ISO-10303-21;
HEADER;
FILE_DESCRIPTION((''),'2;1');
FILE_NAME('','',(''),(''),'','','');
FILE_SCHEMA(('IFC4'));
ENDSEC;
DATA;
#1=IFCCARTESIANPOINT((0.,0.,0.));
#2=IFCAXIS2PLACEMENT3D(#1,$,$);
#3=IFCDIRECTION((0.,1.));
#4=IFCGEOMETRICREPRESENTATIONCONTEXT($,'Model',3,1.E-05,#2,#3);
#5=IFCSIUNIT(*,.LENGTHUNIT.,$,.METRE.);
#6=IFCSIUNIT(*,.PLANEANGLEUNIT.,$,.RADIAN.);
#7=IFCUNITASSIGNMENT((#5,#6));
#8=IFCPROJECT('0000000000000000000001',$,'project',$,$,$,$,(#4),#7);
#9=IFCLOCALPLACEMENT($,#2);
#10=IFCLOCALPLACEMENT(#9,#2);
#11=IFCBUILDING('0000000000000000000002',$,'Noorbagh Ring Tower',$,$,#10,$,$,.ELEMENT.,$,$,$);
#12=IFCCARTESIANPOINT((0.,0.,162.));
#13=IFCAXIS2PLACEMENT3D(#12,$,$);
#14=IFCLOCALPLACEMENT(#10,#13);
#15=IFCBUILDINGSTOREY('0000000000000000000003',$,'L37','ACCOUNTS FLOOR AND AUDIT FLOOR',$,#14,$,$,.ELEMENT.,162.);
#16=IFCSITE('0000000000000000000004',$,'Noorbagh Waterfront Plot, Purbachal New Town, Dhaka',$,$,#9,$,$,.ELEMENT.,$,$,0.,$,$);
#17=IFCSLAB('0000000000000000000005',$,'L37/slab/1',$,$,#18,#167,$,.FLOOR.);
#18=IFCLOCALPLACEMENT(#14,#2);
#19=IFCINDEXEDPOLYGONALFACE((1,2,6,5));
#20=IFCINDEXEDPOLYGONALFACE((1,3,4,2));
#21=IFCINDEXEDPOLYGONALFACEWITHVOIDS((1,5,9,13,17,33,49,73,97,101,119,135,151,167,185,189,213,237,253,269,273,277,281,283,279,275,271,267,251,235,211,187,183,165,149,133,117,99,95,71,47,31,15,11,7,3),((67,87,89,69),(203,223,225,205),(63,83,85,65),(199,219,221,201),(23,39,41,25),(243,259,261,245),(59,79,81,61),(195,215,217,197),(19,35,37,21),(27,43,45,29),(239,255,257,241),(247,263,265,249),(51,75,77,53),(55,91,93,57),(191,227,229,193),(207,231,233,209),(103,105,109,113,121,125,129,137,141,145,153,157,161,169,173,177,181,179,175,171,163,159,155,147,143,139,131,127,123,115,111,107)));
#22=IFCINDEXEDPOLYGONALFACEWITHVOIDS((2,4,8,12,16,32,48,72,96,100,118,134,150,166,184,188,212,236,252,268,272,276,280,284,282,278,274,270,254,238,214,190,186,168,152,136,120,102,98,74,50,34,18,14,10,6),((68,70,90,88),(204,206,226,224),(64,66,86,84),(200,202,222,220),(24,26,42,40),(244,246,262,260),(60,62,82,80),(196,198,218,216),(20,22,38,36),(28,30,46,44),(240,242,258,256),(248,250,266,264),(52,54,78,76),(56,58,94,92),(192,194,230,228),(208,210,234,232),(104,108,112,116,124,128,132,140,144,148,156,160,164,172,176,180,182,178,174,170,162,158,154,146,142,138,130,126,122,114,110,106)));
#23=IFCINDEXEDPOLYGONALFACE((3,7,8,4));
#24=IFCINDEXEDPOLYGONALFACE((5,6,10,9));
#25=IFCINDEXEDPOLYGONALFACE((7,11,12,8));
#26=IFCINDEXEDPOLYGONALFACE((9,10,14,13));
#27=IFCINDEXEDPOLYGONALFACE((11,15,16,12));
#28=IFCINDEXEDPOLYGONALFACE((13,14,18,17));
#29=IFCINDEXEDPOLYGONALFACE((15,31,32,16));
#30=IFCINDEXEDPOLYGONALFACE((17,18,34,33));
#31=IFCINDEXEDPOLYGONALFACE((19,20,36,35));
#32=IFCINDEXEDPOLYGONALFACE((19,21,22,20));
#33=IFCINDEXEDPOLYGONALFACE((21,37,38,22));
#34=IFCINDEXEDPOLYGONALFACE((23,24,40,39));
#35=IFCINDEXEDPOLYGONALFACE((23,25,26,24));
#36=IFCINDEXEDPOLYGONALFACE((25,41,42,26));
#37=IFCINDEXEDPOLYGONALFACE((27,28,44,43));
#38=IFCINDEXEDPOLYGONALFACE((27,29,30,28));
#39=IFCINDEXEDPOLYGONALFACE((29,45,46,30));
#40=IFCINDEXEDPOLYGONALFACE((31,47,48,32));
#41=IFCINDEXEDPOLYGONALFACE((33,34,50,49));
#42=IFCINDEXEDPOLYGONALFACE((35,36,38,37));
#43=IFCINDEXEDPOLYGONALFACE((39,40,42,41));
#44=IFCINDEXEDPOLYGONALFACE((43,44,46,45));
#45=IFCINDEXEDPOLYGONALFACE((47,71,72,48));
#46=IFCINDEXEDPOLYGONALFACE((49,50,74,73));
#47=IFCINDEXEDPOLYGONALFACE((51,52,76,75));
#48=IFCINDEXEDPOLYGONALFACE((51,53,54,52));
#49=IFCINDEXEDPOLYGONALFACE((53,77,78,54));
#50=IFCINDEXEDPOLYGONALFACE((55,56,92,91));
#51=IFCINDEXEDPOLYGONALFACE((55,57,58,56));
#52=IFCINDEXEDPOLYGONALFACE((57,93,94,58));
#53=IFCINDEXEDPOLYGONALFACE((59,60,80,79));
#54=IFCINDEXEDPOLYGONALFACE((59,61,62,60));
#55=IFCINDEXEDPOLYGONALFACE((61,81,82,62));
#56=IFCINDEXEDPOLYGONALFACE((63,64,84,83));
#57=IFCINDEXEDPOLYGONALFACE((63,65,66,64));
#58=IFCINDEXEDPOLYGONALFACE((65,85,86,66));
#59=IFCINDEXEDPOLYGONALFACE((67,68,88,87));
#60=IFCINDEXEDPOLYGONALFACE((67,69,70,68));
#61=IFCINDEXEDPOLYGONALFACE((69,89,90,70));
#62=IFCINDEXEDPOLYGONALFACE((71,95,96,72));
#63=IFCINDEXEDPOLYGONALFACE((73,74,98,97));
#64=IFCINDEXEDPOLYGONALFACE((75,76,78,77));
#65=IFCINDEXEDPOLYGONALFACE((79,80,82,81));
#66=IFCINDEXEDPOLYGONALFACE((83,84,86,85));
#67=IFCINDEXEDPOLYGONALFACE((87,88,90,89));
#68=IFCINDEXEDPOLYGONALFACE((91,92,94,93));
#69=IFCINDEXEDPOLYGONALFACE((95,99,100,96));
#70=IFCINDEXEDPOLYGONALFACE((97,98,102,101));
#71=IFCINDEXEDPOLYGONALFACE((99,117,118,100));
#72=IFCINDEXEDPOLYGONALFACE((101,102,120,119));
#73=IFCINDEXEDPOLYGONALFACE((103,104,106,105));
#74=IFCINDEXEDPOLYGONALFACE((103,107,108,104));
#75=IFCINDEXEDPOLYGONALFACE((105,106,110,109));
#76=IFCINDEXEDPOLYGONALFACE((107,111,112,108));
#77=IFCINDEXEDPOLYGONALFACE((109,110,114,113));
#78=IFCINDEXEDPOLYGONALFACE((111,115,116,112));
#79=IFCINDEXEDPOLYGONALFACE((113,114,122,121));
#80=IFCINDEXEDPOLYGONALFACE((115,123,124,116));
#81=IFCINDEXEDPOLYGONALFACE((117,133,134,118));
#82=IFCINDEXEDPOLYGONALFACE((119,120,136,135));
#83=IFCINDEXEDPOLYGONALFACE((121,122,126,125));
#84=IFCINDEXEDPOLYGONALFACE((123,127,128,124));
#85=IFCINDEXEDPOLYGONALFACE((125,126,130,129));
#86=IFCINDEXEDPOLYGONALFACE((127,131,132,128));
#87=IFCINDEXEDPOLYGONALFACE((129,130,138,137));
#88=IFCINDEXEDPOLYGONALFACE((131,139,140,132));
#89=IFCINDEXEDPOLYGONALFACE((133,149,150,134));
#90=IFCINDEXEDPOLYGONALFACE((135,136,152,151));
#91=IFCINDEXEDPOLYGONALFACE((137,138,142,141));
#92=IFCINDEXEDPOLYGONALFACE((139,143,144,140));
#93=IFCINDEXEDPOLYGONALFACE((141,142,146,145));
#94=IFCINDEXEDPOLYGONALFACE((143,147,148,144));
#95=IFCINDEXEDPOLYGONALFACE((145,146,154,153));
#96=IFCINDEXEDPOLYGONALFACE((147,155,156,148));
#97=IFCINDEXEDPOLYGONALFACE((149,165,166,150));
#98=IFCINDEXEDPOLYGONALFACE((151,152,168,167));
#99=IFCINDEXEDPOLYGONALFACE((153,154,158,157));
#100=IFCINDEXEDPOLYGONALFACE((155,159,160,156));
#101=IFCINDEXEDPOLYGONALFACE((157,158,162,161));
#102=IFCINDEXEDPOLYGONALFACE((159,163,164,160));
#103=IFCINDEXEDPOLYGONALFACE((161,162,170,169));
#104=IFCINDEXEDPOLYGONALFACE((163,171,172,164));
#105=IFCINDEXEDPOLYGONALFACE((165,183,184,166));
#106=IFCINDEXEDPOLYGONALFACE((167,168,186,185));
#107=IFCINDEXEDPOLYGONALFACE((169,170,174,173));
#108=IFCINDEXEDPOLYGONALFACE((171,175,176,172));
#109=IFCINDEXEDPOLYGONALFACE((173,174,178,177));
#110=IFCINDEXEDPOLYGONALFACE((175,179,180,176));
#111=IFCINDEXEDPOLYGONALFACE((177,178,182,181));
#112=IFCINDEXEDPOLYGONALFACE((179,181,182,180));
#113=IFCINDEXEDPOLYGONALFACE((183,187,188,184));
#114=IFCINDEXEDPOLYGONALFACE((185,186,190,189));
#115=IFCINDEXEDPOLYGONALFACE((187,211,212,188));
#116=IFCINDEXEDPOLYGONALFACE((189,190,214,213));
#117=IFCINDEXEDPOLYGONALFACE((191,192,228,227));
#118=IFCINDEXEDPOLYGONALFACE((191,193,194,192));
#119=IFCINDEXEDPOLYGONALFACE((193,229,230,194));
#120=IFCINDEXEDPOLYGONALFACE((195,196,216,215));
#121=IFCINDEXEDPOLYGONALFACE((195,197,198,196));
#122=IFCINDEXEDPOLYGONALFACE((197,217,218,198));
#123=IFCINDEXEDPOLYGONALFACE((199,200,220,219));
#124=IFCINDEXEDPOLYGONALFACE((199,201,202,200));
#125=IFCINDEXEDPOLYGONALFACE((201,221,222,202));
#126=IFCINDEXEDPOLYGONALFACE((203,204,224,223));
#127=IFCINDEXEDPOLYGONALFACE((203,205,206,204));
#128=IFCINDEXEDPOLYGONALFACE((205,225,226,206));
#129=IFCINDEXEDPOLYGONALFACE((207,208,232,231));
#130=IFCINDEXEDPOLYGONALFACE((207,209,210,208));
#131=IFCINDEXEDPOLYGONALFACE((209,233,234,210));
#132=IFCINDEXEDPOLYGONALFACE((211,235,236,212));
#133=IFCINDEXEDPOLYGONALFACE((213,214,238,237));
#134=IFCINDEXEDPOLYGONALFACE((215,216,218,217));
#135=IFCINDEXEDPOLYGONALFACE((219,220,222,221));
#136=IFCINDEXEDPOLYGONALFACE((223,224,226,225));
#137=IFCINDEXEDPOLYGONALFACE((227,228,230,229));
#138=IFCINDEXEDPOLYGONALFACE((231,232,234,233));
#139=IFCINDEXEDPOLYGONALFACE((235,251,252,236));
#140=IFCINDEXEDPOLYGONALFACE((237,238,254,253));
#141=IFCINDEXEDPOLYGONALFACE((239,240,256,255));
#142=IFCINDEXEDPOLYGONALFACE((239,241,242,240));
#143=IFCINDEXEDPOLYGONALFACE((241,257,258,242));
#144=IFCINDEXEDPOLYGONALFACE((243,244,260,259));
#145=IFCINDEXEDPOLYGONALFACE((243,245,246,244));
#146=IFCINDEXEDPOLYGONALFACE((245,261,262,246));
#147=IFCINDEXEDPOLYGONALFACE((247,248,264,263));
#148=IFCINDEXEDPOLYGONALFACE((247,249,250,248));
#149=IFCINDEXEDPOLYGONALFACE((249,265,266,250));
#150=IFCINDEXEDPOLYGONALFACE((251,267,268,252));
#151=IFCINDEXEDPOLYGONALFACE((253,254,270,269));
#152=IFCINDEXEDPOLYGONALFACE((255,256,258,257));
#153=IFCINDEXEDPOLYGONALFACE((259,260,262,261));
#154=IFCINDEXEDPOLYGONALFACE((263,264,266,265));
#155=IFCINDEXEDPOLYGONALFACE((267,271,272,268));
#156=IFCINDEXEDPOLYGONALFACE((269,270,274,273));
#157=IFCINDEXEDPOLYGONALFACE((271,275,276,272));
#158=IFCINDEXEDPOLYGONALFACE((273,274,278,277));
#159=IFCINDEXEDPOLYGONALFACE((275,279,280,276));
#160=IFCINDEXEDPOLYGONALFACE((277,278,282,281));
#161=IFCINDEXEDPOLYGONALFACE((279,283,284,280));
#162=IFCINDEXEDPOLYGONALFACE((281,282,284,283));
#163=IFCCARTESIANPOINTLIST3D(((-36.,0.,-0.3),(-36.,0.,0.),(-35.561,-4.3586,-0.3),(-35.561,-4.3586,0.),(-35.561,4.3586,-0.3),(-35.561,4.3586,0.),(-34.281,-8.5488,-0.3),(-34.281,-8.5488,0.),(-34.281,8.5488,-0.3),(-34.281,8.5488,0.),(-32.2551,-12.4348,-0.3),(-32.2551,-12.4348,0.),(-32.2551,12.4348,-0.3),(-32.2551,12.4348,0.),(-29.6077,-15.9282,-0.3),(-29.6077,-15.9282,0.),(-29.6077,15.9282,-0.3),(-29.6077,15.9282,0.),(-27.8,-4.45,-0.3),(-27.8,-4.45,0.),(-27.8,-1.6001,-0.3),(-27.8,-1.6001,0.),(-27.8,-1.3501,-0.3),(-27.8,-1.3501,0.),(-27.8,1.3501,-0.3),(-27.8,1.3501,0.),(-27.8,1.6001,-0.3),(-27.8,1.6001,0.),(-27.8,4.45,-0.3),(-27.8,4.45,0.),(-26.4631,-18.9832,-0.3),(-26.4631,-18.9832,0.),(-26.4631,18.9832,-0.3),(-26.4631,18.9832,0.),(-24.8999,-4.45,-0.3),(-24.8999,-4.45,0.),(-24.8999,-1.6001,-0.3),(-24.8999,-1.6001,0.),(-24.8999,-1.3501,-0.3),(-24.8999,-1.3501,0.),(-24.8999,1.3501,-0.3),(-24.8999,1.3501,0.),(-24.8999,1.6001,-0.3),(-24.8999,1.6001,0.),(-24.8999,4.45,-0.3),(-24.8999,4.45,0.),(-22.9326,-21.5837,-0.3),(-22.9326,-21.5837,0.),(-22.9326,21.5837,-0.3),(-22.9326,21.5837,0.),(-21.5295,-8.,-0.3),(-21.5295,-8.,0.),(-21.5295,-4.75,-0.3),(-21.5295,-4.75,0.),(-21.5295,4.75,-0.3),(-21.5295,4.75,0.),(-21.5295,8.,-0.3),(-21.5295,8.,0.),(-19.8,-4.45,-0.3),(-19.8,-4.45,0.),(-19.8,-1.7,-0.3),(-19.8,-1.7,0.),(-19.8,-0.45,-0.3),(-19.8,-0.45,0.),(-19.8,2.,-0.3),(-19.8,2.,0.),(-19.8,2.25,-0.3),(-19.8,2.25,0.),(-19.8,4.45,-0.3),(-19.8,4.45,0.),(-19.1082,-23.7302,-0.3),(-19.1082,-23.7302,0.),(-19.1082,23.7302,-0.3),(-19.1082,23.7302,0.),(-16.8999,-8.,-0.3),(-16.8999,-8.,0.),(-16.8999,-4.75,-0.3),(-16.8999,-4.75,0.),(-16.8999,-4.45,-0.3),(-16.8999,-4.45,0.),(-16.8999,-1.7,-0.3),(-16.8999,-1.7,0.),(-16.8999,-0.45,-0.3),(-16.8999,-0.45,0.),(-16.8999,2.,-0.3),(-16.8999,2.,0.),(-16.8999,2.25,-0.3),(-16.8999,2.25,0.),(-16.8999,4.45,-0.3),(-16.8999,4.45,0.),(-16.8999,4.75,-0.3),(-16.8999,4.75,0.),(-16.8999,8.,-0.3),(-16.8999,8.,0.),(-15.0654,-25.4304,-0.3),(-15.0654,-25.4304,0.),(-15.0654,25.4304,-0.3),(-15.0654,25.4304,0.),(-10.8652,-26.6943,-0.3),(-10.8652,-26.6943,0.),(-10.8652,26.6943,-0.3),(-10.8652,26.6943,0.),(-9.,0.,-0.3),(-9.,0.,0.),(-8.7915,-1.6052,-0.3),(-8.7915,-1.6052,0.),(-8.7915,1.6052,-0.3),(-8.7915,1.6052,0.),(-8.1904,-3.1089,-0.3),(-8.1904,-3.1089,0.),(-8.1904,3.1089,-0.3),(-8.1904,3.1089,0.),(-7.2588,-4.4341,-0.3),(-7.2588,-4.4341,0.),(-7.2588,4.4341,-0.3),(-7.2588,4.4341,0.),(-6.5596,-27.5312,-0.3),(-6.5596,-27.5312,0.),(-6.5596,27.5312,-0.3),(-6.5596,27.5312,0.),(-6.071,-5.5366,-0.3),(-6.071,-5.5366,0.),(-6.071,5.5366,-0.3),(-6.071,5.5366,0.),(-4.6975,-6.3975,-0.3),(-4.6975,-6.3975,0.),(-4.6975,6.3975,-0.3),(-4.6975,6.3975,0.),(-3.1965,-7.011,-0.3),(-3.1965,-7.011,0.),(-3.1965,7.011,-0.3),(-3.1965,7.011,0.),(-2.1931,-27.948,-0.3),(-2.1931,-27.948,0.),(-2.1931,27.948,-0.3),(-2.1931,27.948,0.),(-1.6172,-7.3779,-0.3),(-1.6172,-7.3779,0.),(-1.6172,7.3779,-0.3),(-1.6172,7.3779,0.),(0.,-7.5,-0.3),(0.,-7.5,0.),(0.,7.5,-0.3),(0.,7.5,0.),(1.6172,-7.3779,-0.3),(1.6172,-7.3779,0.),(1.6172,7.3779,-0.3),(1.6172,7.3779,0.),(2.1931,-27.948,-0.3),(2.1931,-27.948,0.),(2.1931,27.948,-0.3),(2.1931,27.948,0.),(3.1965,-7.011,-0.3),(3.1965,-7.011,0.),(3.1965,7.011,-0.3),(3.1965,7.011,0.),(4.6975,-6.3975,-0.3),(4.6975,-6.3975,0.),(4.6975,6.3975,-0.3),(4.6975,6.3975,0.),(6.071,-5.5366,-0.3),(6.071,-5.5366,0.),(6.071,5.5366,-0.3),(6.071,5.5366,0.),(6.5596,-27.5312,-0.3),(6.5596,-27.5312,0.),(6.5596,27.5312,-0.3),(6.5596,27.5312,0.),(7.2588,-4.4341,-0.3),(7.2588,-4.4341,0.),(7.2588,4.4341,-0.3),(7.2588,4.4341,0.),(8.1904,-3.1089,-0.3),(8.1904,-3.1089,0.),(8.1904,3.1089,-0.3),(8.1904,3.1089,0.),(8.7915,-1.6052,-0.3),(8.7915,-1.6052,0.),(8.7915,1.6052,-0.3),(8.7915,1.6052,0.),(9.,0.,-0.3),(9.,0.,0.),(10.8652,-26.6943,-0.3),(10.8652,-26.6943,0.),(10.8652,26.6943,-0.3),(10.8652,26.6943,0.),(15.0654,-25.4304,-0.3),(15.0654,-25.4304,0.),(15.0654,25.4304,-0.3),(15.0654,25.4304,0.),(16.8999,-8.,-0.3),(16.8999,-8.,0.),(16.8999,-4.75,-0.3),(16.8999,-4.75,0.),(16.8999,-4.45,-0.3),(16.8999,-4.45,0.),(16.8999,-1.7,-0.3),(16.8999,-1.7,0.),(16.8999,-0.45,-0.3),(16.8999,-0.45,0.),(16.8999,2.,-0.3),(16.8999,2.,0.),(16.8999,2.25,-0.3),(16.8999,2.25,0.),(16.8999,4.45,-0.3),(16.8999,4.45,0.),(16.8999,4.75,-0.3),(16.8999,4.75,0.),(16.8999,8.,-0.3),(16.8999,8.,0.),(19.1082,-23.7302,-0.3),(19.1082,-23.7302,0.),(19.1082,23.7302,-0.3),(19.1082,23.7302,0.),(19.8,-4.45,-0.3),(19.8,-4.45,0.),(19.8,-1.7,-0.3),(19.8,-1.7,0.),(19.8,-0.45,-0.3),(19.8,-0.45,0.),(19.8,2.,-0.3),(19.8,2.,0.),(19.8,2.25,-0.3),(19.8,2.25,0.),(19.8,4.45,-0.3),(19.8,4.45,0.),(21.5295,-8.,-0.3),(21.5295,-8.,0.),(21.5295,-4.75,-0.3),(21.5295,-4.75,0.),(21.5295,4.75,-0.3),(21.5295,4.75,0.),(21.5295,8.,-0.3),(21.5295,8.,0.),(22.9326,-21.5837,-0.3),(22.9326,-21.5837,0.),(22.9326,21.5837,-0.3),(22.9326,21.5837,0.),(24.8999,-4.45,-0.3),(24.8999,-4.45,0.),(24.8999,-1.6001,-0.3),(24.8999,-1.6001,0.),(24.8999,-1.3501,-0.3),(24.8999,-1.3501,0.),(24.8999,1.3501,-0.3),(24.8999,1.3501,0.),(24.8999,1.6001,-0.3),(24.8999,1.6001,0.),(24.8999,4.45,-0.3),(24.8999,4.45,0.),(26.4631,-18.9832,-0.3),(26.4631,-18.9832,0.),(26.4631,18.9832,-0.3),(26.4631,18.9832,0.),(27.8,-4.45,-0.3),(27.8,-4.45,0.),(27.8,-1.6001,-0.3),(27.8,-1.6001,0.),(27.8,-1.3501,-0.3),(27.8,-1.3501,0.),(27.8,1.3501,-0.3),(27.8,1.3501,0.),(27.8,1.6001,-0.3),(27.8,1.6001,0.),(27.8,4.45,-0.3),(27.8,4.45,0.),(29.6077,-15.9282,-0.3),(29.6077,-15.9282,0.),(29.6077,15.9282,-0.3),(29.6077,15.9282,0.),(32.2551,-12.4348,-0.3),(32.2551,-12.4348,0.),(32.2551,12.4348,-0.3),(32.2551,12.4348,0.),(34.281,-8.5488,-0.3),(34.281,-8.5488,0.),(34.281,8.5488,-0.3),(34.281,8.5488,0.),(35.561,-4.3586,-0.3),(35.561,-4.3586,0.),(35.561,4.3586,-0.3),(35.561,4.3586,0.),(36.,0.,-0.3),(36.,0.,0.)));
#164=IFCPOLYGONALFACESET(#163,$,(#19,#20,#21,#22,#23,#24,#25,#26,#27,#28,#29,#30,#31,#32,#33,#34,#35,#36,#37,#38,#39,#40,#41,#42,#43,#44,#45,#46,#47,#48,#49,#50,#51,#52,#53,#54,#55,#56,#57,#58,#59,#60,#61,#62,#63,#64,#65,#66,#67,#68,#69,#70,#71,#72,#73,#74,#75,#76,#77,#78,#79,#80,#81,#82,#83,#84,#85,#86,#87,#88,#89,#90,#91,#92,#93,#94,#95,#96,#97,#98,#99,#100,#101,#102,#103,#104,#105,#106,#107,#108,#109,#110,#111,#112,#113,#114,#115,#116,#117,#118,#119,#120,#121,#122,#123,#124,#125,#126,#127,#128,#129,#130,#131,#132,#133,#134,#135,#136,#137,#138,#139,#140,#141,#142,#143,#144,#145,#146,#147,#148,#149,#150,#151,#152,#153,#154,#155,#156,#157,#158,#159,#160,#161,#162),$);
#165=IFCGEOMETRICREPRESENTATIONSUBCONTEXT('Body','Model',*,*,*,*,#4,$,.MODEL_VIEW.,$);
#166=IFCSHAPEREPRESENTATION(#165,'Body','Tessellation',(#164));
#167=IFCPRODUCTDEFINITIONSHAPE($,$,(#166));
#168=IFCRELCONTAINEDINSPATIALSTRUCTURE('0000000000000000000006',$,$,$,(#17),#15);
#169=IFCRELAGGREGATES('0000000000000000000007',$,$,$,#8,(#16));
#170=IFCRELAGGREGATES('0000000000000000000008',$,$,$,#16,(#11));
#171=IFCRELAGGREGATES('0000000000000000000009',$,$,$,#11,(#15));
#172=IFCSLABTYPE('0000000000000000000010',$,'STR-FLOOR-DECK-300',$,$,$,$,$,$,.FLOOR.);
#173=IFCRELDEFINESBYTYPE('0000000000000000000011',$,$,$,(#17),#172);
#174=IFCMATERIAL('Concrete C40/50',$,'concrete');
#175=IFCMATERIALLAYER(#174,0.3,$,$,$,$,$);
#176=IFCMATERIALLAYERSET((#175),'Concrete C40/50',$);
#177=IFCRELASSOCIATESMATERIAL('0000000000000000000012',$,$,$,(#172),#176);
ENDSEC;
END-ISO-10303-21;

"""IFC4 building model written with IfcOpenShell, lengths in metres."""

from ifc_helpers import new_model, si_unit, direction, frame, origin, place, context, subcontext, project, spatial, polyline, outline, extrude, material, layer, layer_set, type_object, element, save


model = new_model("IFC4")

# Units and contexts
model_context = context("Model", 3, precision=1e-05, world=origin(), true_north=direction((0.0, 1.0)))
body_context = subcontext(model_context, "Body", "Model", "MODEL_VIEW")
ifc_project = project(units=[si_unit("LENGTHUNIT", "METRE"), si_unit("PLANEANGLEUNIT", "RADIAN")], contexts=[model_context])

# Site, building, storey
site_placement = place(None, origin())
site = spatial("IfcSite", under=ifc_project, at=site_placement, Name="Noorbagh Waterfront Plot, Purbachal New Town, Dhaka", CompositionType="ELEMENT", RefElevation=0.0)
building_placement = place(site_placement, origin())
building = spatial("IfcBuilding", under=site, at=building_placement, Name="Noorbagh Ring Tower", CompositionType="ELEMENT")
storey_placement = place(building_placement, frame((0.0, 0.0, 162.0)))
storey = spatial("IfcBuildingStorey", under=building, at=storey_placement, Name="L37", Description="ACCOUNTS FLOOR AND AUDIT FLOOR", CompositionType="ELEMENT", Elevation=162.0)

# Slab
ifc_material_1 = material(Name="Concrete C40/50", Category="concrete")
ifc_layer_1 = layer(ifc_material_1, 0.3)
ifc_layer_set_1 = layer_set([ifc_layer_1], Name="Concrete C40/50")
slab_type = type_object("IfcSlabType", Name="STR-FLOOR-DECK-300", PredefinedType="FLOOR", material=ifc_layer_set_1)
slab_placement = place(storey_placement, frame((0.0, 0.0, -0.3)))
element("IfcSlab", 1, at=slab_placement, inside=storey, type_object=slab_type, Name="L37/slab/1", PredefinedType="FLOOR", context=body_context, shape_type="SweptSolid", body=[
    extrude(outline(polyline([(36.0, 0.0), (35.561, 4.3586), (34.281, 8.5488), (32.2551, 12.4348), (29.6077, 15.9282), (26.4631, 18.9832), (22.9326, 21.5837), (19.1082, 23.7302), (15.0654, 25.4304), (10.8652, 26.6943), (6.5596, 27.5312), (2.1931, 27.948), (-2.1931, 27.948), (-6.5596, 27.5312), (-10.8652, 26.6943), (-15.0654, 25.4304), (-19.1082, 23.7302), (-22.9326, 21.5837), (-26.4631, 18.9832), (-29.6077, 15.9282), (-32.2551, 12.4348), (-34.281, 8.5488), (-35.561, 4.3586), (-36.0, 0.0), (-35.561, -4.3586), (-34.281, -8.5488), (-32.2551, -12.4348), (-29.6077, -15.9282), (-26.4631, -18.9832), (-22.9326, -21.5837), (-19.1082, -23.7302), (-15.0654, -25.4304), (-10.8652, -26.6943), (-6.5596, -27.5312), (-2.1931, -27.948), (2.1931, -27.948), (6.5596, -27.5312), (10.8652, -26.6943), (15.0654, -25.4304), (19.1082, -23.7302), (22.9326, -21.5837), (26.4631, -18.9832), (29.6077, -15.9282), (32.2551, -12.4348), (34.281, -8.5488), (35.561, -4.3586), (36.0, 0.0)]), holes=[polyline([(24.8999, 4.45), (27.8, 4.45), (27.8, 1.6001), (24.8999, 1.6001), (24.8999, 4.45)]), polyline([(24.8999, 1.3501), (27.8, 1.3501), (27.8, -1.3501), (24.8999, -1.3501), (24.8999, 1.3501)]), polyline([(24.8999, -1.6001), (27.8, -1.6001), (27.8, -4.45), (24.8999, -4.45), (24.8999, -1.6001)]), polyline([(21.5295, -8.0), (16.8999, -8.0), (16.8999, -4.75), (21.5295, -4.75), (21.5295, -8.0)]), polyline([(16.8999, 4.75), (16.8999, 8.0), (21.5295, 8.0), (21.5295, 4.75), (16.8999, 4.75)]), polyline([(19.8, 4.45), (19.8, 2.25), (16.8999, 2.25), (16.8999, 4.45), (19.8, 4.45)]), polyline([(16.8999, 2.0), (19.8, 2.0), (19.8, -0.45), (16.8999, -0.45), (16.8999, 2.0)]), polyline([(16.8999, -1.7), (19.8, -1.7), (19.8, -4.45), (16.8999, -4.45), (16.8999, -1.7)]), polyline([(4.6975, -6.3975), (3.1965, -7.011), (1.6172, -7.3779), (0.0, -7.5), (-1.6172, -7.3779), (-3.1965, -7.011), (-4.6975, -6.3975), (-6.071, -5.5366), (-7.2588, -4.4341), (-8.1904, -3.1089), (-8.7915, -1.6052), (-9.0, 0.0), (-8.7915, 1.6052), (-8.1904, 3.1089), (-7.2588, 4.4341), (-6.071, 5.5366), (-4.6975, 6.3975), (-3.1965, 7.011), (-1.6172, 7.3779), (0.0, 7.5), (1.6172, 7.3779), (3.1965, 7.011), (4.6975, 6.3975), (6.071, 5.5366), (7.2588, 4.4341), (8.1904, 3.1089), (8.7915, 1.6052), (9.0, 0.0), (8.7915, -1.6052), (8.1904, -3.1089), (7.2588, -4.4341), (6.071, -5.5366), (4.6975, -6.3975)]), polyline([(-16.8999, 2.25), (-19.8, 2.25), (-19.8, 4.45), (-16.8999, 4.45), (-16.8999, 2.25)]), polyline([(-16.8999, -0.45), (-19.8, -0.45), (-19.8, 2.0), (-16.8999, 2.0), (-16.8999, -0.45)]), polyline([(-16.8999, -4.45), (-19.8, -4.45), (-19.8, -1.7), (-16.8999, -1.7), (-16.8999, -4.45)]), polyline([(-21.5295, 8.0), (-16.8999, 8.0), (-16.8999, 4.75), (-21.5295, 4.75), (-21.5295, 8.0)]), polyline([(-21.5295, -4.75), (-16.8999, -4.75), (-16.8999, -8.0), (-21.5295, -8.0), (-21.5295, -4.75)]), polyline([(-24.8999, -4.45), (-27.8, -4.45), (-27.8, -1.6001), (-24.8999, -1.6001), (-24.8999, -4.45)]), polyline([(-24.8999, 1.6001), (-27.8, 1.6001), (-27.8, 4.45), (-24.8999, 4.45), (-24.8999, 1.6001)]), polyline([(-24.8999, -1.3501), (-27.8, -1.3501), (-27.8, 1.3501), (-24.8999, 1.3501), (-24.8999, -1.3501)])]), origin(), (0.0, 0.0, 1.0), 0.3),
])

save(model, "model.ifc")
